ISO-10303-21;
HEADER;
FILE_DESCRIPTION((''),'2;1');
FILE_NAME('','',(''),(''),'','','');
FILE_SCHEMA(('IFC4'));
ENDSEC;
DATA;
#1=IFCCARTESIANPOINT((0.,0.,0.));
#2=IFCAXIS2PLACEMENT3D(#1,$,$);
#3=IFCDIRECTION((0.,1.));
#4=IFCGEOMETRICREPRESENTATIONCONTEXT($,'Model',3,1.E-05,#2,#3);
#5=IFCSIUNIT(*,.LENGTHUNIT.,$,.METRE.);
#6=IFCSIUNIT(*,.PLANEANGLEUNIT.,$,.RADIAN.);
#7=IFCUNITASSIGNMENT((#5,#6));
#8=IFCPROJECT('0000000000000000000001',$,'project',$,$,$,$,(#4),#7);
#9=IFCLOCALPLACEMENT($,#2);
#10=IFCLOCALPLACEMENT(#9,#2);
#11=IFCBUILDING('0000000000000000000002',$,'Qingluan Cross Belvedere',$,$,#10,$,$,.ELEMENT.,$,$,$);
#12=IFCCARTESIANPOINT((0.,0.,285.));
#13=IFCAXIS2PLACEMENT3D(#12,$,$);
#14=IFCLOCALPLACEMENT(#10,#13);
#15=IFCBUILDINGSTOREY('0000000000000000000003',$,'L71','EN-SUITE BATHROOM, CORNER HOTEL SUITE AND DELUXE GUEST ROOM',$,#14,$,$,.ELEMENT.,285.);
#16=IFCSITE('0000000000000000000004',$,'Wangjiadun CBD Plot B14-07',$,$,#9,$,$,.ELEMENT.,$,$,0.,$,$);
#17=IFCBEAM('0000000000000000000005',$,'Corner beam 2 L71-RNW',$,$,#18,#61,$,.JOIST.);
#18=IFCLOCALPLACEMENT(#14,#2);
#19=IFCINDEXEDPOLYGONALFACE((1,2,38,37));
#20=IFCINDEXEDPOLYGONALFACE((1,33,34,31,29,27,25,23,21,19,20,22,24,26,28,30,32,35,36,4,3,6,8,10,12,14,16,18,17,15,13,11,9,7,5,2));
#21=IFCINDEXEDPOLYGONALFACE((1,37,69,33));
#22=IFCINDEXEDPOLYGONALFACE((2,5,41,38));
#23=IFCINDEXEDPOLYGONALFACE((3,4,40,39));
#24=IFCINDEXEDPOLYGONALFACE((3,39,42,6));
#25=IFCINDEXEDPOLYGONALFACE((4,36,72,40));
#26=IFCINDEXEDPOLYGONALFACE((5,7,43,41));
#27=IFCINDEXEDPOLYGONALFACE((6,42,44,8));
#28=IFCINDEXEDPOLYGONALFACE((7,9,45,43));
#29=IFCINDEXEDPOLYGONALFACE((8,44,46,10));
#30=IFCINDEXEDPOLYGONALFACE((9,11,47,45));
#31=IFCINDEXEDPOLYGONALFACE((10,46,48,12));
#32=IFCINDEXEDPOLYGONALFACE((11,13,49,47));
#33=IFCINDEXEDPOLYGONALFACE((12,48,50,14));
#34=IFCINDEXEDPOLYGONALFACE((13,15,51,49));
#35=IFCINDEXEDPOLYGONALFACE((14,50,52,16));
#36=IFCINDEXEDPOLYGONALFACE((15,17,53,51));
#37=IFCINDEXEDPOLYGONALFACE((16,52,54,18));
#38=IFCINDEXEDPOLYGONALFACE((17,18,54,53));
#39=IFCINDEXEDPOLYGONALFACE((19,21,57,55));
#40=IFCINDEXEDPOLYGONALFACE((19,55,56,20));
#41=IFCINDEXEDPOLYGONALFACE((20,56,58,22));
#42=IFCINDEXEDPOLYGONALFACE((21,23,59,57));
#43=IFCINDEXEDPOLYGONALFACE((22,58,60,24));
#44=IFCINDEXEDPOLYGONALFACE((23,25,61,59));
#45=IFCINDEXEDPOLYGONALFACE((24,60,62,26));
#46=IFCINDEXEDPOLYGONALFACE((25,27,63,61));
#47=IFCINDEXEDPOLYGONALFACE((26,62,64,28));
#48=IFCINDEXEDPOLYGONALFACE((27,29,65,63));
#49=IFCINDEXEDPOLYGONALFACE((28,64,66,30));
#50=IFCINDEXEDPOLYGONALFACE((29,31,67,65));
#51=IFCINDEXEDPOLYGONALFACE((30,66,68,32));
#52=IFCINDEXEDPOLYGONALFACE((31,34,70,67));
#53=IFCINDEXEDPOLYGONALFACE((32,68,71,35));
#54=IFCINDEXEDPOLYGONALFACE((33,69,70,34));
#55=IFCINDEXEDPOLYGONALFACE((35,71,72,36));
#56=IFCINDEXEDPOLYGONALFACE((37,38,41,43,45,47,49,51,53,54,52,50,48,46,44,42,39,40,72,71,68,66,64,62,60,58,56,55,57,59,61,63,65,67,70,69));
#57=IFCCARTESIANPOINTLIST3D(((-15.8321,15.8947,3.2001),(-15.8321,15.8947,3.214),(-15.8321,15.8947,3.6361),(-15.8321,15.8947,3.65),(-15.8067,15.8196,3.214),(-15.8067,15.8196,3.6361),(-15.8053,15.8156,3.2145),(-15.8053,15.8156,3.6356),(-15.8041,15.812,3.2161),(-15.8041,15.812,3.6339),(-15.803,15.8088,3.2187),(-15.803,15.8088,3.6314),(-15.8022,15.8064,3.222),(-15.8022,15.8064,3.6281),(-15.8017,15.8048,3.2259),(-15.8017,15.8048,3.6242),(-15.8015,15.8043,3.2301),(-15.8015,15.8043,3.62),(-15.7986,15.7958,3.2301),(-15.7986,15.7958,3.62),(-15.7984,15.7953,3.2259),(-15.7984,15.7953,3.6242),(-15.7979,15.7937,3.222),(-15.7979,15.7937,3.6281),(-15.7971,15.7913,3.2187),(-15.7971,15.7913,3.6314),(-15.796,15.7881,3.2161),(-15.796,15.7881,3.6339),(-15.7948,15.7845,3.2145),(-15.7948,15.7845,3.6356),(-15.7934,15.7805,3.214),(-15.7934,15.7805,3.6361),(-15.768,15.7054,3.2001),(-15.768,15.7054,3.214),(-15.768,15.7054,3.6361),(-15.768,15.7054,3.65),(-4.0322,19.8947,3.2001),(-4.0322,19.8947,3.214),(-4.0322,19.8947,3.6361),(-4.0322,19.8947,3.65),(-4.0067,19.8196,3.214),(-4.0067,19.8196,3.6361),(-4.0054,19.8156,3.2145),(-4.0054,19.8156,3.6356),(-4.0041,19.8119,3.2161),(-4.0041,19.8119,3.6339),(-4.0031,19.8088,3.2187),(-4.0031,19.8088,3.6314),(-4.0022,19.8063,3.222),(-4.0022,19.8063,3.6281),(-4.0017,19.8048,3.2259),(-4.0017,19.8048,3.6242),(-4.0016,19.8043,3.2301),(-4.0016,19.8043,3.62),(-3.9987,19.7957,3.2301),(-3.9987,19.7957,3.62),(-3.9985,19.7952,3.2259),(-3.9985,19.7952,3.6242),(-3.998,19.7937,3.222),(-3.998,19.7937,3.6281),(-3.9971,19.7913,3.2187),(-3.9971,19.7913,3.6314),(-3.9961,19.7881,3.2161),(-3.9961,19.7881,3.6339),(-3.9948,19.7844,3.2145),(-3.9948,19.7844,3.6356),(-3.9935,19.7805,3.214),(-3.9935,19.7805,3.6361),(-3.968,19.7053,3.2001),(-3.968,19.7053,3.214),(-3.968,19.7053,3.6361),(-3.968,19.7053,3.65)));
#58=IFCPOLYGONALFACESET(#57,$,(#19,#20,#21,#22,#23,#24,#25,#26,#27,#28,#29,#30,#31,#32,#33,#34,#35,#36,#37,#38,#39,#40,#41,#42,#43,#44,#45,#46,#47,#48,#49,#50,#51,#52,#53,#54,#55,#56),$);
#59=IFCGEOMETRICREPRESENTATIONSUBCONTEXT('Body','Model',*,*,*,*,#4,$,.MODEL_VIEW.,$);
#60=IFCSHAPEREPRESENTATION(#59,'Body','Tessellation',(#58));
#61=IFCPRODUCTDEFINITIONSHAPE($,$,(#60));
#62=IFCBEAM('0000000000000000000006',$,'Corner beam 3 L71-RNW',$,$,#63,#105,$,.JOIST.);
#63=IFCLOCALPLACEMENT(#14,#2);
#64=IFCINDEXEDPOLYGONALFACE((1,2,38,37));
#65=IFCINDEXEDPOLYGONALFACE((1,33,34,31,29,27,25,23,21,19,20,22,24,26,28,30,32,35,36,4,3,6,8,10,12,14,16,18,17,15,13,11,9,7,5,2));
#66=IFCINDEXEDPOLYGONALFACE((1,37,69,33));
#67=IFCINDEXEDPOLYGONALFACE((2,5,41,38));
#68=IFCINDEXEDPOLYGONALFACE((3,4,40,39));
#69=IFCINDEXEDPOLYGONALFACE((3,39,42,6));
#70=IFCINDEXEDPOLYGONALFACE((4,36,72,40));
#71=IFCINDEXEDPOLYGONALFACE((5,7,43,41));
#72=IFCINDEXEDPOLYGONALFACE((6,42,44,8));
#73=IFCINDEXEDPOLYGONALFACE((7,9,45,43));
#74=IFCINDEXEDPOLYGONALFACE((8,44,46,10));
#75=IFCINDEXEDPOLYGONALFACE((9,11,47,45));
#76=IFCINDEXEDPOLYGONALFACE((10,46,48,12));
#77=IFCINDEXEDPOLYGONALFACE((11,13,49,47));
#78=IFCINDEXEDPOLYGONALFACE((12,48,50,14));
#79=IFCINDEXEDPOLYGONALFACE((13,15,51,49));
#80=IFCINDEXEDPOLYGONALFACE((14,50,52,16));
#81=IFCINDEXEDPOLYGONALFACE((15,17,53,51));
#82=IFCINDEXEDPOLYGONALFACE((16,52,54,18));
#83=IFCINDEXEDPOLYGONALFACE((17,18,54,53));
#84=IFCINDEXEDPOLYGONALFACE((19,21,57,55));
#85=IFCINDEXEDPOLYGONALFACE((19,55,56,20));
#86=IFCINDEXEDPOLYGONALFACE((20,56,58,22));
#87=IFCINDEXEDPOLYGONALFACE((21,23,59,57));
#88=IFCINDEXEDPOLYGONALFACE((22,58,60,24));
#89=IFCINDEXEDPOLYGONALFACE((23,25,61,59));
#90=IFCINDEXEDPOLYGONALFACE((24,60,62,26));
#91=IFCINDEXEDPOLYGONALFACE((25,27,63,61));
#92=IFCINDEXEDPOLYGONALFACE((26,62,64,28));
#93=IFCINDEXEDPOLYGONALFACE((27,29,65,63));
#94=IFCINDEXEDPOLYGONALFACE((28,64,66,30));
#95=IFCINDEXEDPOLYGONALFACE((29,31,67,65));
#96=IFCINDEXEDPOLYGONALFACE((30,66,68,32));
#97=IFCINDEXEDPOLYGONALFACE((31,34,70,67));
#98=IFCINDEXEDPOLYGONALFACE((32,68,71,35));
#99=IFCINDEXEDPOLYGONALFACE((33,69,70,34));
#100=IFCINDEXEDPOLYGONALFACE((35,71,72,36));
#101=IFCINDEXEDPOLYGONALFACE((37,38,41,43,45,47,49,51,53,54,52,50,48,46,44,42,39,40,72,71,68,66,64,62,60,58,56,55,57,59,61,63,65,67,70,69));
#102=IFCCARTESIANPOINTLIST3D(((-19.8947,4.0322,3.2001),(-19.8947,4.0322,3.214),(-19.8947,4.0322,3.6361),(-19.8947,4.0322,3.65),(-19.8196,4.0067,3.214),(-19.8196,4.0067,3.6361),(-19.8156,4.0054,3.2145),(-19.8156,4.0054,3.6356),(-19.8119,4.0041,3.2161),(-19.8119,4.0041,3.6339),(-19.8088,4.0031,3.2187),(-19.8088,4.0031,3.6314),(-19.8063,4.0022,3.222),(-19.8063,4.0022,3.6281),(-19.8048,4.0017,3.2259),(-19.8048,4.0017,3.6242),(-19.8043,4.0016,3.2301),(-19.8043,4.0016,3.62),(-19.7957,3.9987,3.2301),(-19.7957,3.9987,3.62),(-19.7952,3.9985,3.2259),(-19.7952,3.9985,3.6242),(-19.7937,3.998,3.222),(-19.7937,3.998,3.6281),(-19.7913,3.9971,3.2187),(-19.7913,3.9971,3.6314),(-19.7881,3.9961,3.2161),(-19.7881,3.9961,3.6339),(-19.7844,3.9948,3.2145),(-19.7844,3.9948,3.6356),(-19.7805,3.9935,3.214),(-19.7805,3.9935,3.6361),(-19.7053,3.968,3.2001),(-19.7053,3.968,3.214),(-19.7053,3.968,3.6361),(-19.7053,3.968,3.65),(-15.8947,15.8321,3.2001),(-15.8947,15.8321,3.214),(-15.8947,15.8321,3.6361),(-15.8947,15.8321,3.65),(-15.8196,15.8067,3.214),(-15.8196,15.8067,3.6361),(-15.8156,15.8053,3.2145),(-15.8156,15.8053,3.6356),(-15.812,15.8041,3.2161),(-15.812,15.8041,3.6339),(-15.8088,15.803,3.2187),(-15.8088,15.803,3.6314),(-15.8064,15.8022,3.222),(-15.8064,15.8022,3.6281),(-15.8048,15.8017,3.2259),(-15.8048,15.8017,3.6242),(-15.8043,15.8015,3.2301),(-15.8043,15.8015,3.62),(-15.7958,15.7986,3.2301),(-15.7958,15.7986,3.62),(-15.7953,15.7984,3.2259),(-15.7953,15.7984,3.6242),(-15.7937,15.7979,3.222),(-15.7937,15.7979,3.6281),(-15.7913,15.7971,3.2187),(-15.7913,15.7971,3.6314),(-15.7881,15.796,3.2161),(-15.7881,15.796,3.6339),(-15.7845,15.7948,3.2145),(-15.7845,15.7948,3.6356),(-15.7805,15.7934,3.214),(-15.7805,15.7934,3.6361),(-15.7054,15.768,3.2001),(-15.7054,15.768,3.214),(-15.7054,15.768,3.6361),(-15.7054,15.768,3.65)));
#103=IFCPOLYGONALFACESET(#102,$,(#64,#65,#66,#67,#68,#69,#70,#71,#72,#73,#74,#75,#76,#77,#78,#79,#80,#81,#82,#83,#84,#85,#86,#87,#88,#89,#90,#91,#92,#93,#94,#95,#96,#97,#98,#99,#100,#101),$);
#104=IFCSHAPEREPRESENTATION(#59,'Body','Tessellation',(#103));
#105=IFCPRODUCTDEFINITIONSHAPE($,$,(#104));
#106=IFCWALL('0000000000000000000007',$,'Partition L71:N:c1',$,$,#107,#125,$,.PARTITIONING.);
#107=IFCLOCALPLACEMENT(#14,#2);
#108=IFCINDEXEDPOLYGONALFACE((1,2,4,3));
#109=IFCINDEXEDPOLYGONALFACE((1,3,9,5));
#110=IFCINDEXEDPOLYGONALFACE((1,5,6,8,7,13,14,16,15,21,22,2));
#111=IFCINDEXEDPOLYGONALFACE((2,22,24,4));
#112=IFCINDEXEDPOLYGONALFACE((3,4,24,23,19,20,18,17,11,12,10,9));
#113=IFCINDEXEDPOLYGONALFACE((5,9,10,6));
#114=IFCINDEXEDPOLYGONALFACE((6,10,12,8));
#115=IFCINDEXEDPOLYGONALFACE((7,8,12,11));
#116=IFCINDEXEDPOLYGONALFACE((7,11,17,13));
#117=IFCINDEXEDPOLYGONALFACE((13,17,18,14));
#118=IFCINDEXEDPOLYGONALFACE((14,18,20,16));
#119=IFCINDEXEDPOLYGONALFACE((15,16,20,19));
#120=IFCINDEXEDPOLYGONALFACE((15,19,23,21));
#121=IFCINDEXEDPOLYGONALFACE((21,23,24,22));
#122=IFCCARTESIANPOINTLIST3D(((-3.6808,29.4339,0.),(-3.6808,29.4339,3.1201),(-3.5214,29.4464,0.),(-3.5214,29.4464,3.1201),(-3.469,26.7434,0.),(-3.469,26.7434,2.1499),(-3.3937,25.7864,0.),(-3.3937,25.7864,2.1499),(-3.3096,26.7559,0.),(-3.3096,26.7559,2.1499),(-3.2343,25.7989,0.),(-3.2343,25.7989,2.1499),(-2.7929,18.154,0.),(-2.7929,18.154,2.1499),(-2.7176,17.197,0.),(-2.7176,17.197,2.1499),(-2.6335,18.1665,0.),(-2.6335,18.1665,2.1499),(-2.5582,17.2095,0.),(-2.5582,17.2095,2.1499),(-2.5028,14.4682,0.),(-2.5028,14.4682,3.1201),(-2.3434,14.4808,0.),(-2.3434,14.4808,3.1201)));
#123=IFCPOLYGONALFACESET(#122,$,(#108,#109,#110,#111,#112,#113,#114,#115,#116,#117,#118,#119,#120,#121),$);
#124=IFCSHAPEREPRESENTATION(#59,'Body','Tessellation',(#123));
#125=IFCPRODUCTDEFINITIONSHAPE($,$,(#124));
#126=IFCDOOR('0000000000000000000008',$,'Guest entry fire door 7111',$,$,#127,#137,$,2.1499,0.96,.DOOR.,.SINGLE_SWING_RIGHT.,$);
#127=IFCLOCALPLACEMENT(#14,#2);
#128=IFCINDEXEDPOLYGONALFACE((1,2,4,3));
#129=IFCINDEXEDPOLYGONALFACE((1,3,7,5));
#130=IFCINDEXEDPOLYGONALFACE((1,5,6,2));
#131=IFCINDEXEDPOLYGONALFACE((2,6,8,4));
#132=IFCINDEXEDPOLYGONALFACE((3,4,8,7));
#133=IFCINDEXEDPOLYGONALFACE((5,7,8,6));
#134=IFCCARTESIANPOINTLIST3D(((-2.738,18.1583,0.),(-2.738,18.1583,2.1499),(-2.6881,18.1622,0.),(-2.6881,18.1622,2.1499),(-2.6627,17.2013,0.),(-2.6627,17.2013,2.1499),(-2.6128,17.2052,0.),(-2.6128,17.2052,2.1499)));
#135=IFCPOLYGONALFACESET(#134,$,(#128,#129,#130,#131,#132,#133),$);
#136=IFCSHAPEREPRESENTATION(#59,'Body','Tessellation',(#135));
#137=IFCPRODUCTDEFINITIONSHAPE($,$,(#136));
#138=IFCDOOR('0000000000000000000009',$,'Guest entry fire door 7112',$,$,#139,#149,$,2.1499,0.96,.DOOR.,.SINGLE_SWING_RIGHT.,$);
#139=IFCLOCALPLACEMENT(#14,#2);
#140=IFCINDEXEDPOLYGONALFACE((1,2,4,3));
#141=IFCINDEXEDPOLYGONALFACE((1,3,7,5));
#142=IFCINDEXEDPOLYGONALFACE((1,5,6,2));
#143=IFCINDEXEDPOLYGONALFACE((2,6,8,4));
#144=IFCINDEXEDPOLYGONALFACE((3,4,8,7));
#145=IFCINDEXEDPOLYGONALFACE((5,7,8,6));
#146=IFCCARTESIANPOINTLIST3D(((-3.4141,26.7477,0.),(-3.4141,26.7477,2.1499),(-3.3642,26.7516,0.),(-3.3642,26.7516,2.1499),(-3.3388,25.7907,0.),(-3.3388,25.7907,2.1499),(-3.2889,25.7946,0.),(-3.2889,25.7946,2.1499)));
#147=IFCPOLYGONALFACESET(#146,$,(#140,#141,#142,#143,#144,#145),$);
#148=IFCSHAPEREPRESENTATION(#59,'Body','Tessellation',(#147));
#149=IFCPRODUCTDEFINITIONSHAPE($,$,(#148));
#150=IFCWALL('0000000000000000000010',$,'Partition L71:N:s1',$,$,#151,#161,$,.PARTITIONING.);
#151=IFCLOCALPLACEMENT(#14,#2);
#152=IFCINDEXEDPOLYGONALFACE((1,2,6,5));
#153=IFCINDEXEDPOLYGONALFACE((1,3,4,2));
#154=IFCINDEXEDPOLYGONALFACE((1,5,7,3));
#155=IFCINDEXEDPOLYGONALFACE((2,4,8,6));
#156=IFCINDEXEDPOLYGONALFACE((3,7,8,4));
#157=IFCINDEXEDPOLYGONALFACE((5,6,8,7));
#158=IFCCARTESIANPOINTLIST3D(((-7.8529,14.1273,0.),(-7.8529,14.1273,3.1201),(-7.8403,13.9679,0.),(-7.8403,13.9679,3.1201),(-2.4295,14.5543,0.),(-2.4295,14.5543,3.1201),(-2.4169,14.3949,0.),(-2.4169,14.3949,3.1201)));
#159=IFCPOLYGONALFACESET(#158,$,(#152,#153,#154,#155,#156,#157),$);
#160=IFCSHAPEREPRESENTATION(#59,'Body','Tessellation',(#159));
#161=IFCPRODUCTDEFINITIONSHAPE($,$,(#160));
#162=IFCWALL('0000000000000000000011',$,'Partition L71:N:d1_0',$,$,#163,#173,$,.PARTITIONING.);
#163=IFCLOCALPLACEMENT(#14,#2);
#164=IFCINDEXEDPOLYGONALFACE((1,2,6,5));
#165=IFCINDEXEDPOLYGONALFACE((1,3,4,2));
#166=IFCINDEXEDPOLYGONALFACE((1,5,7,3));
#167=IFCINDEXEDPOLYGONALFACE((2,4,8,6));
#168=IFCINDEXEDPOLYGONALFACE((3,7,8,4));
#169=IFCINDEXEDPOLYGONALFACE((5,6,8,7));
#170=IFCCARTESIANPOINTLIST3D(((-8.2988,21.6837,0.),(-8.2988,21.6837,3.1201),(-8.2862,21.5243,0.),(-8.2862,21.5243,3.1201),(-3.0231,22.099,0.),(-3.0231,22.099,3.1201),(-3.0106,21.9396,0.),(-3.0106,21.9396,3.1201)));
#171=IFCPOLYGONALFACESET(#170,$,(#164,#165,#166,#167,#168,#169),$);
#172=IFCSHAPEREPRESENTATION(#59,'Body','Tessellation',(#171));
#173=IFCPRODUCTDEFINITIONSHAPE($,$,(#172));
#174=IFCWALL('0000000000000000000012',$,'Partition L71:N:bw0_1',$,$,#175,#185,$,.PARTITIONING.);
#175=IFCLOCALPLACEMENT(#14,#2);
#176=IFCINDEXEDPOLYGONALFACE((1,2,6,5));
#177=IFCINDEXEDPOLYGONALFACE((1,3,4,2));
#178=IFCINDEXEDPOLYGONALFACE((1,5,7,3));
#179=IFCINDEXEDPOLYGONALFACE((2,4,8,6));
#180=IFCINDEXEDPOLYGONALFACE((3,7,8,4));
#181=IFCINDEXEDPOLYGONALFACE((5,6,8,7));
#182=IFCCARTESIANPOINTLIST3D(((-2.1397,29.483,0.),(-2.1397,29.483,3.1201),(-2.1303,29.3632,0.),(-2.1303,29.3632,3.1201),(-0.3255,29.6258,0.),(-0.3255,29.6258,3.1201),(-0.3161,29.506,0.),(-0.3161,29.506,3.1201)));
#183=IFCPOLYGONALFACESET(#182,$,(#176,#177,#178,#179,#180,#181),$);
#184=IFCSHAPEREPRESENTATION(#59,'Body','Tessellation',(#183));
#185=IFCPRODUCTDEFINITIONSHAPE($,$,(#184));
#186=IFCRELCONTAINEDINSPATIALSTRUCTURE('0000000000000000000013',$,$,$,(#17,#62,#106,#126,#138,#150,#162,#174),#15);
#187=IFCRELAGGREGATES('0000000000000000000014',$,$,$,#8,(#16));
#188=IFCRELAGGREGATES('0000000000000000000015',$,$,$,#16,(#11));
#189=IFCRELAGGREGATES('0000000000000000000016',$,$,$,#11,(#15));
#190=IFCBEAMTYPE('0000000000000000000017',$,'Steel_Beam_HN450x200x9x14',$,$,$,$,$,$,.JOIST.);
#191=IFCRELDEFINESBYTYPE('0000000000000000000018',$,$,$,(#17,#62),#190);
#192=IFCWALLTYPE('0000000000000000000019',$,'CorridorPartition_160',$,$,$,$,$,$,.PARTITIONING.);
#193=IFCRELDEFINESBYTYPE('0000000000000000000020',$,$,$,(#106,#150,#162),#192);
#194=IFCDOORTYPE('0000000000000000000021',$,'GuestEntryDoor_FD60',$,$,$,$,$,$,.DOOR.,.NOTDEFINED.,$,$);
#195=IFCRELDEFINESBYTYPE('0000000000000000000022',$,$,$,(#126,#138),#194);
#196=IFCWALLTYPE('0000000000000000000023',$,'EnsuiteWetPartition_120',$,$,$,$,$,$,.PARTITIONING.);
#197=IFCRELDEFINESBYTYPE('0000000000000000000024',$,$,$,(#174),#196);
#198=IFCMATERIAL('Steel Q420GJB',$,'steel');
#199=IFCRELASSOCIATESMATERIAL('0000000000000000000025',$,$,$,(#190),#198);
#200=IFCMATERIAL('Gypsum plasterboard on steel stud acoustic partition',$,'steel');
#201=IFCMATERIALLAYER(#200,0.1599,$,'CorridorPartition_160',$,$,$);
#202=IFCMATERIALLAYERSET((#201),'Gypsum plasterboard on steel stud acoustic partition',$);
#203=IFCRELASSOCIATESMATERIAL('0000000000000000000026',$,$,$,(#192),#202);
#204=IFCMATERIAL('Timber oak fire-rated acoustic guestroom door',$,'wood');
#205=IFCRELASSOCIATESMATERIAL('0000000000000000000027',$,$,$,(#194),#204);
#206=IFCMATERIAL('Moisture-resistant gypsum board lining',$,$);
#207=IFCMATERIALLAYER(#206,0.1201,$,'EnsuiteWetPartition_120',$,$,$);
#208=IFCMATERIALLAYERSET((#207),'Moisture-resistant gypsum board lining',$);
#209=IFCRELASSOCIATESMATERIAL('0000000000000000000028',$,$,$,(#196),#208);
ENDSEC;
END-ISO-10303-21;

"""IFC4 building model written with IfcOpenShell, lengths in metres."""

from ifc_helpers import new_model, si_unit, direction, frame, frame_2d, origin, origin_2d, place, context, subcontext, project, spatial, rectangle, i_section, extrude, material, layer, layer_set, material_profile, profile_set, type_object, element, fill, save


model = new_model("IFC4")

# Units and contexts
model_context = context("Model", 3, precision=1e-05, world=origin(), true_north=direction((0.0, 1.0)))
body_context = subcontext(model_context, "Body", "Model", "MODEL_VIEW")
ifc_project = project(units=[si_unit("LENGTHUNIT", "METRE"), si_unit("PLANEANGLEUNIT", "RADIAN")], contexts=[model_context])

# Site, building, storey
site_placement = place(None, origin())
site = spatial("IfcSite", under=ifc_project, at=site_placement, Name="Wangjiadun CBD Plot B14-07", CompositionType="ELEMENT", RefElevation=0.0)
building_placement = place(site_placement, origin())
building = spatial("IfcBuilding", under=site, at=building_placement, Name="Qingluan Cross Belvedere", CompositionType="ELEMENT")
storey_placement = place(building_placement, frame((0.0, 0.0, 285.0)))
storey = spatial("IfcBuildingStorey", under=building, at=storey_placement, Name="L71", Description="EN-SUITE BATHROOM, CORNER HOTEL SUITE AND DELUXE GUEST ROOM", CompositionType="ELEMENT", Elevation=285.0)

# Beams
ifc_material_1 = material(Name="Steel Q420GJB", Category="steel")
ifc_material_profile_1 = material_profile(ifc_material_1, i_section(OverallWidth=0.2, OverallDepth=0.45, WebThickness=0.009, FlangeThickness=0.0139, FilletRadius=0.0161, at=origin_2d()), Name="HN450x200x9x14")
ifc_profile_set_1 = profile_set([ifc_material_profile_1], Name="Steel Q420GJB")
beam_type_1 = type_object("IfcBeamType", Name="Steel_Beam_HN450x200x9x14", PredefinedType="JOIST", material=ifc_profile_set_1)
for number, where, z_axis, x_axis, name in (
    (1, (-15.8, 15.8, 3.425), (0.947066, 0.321038, 0.0), (-0.321038, 0.947066, 0.0), "Corner beam 2 L71-RNW"),
    (2, (-15.8, 15.8, 3.425), (-0.321038, -0.947066, 0.0), (0.947066, -0.321038, 0.0), "Corner beam 3 L71-RNW"),
):
    element("IfcBeam", number, at=place(storey_placement, frame(where, z_axis=z_axis, x_axis=x_axis)), inside=storey, type_object=beam_type_1, Name=name, PredefinedType="JOIST", context=body_context, shape_type="SweptSolid", body=[
        extrude(i_section(OverallWidth=0.2, OverallDepth=0.45, WebThickness=0.009, FlangeThickness=0.0139, FilletRadius=0.0161, at=origin_2d()), origin(), (0.0, 0.0, 1.0), 12.4595),
    ])

# Wall, openings, doors
ifc_material_2 = material(Name="Gypsum plasterboard on steel stud acoustic partition", Category="steel")
ifc_layer_1 = layer(ifc_material_2, 0.1599, Name="CorridorPartition_160")
ifc_layer_set_1 = layer_set([ifc_layer_1], Name="Gypsum plasterboard on steel stud acoustic partition")
wall_type_1 = type_object("IfcWallType", Name="CorridorPartition_160", PredefinedType="PARTITIONING", material=ifc_layer_set_1)
wall_1_placement = place(storey_placement, frame((-2.4231, 14.4746, 0.0), z_axis=(0.0, 0.0, 1.0), x_axis=(-0.07847, 0.996916, 0.0)))
wall_1 = element("IfcWall", 3, at=wall_1_placement, inside=storey, type_object=wall_type_1, Name="Partition L71:N:c1", PredefinedType="PARTITIONING", context=body_context, shape_type="SweptSolid", body=[
    extrude(rectangle(XDim=15.012, YDim=0.1599, at=frame_2d((7.5059, 0.0))), origin(), (0.0, 0.0, 1.0), 3.1201),
])
opening_1_placement = place(wall_1_placement, frame((2.7371, 0.0, 0.0)))
opening_1 = element("IfcOpeningElement", 4, at=opening_1_placement, cuts=wall_1, PredefinedType="OPENING", context=body_context, shape_type="SweptSolid", body=[
    extrude(rectangle(XDim=0.96, YDim=2.1499, at=frame_2d((0.48, 1.075))), frame((0.0, 0.0898, 0.0), z_axis=(0.0, -1.0, 0.0), x_axis=(1.0, 0.0, 0.0)), (0.0, 0.0, 1.0), 0.1799),
])
opening_2_placement = place(wall_1_placement, frame((11.353, 0.0, 0.0)))
opening_2 = element("IfcOpeningElement", 5, at=opening_2_placement, cuts=wall_1, PredefinedType="OPENING", context=body_context, shape_type="SweptSolid", body=[
    extrude(rectangle(XDim=0.96, YDim=2.1499, at=frame_2d((0.48, 1.075))), frame((0.0, 0.0898, 0.0), z_axis=(0.0, -1.0, 0.0), x_axis=(1.0, 0.0, 0.0)), (0.0, 0.0, 1.0), 0.1799),
])
ifc_material_3 = material(Name="Timber oak fire-rated acoustic guestroom door", Category="wood")
door_type_1 = type_object("IfcDoorType", Name="GuestEntryDoor_FD60", OperationType="NOTDEFINED", PredefinedType="DOOR", material=ifc_material_3)
door_1_placement = place(opening_1_placement, origin())
door_1 = element("IfcDoor", 6, at=door_1_placement, inside=storey, type_object=door_type_1, Name="Guest entry fire door 7111", OperationType="SINGLE_SWING_RIGHT", OverallHeight=2.1499, OverallWidth=0.96, PredefinedType="DOOR", context=body_context, shape_type="SweptSolid", body=[
    extrude(rectangle(XDim=0.96, YDim=2.1499, at=frame_2d((0.48, 1.075))), frame((0.0, 0.0249, 0.0), z_axis=(0.0, -1.0, 0.0), x_axis=(1.0, 0.0, 0.0)), (0.0, 0.0, 1.0), 0.05),
])
fill(opening_1, door_1)
door_2_placement = place(opening_2_placement, origin())
door_2 = element("IfcDoor", 7, at=door_2_placement, inside=storey, type_object=door_type_1, Name="Guest entry fire door 7112", OperationType="SINGLE_SWING_RIGHT", OverallHeight=2.1499, OverallWidth=0.96, PredefinedType="DOOR", context=body_context, shape_type="SweptSolid", body=[
    extrude(rectangle(XDim=0.96, YDim=2.1499, at=frame_2d((0.48, 1.075))), frame((0.0, 0.0249, 0.0), z_axis=(0.0, -1.0, 0.0), x_axis=(1.0, 0.0, 0.0)), (0.0, 0.0, 1.0), 0.05),
])
fill(opening_2, door_2)

# Walls
wall_2_placement = place(storey_placement, frame((-2.4231, 14.4746, 0.0), z_axis=(0.0, 0.0, 1.0), x_axis=(-0.996915, -0.078491, 0.0)))
element("IfcWall", 8, at=wall_2_placement, inside=storey, type_object=wall_type_1, Name="Partition L71:N:s1", PredefinedType="PARTITIONING", context=body_context, shape_type="SweptSolid", body=[
    extrude(rectangle(XDim=5.4402, YDim=0.1599, at=frame_2d((2.7202, 0.0))), origin(), (0.0, 0.0, 1.0), 3.1201),
])
wall_3_placement = place(storey_placement, frame((-3.0168, 22.0193, 0.0), z_axis=(0.0, 0.0, 1.0), x_axis=(-0.996916, -0.078474, 0.0)))
element("IfcWall", 9, at=wall_3_placement, inside=storey, type_object=wall_type_1, Name="Partition L71:N:d1_0", PredefinedType="PARTITIONING", context=body_context, shape_type="SweptSolid", body=[
    extrude(rectangle(XDim=5.292, YDim=0.1599, at=frame_2d((2.646, 0.0))), origin(), (0.0, 0.0, 1.0), 3.1201),
])
ifc_material_4 = material(Name="Moisture-resistant gypsum board lining")
ifc_layer_2 = layer(ifc_material_4, 0.1201, Name="EnsuiteWetPartition_120")
ifc_layer_set_2 = layer_set([ifc_layer_2], Name="Moisture-resistant gypsum board lining")
wall_type_2 = type_object("IfcWallType", Name="EnsuiteWetPartition_120", PredefinedType="PARTITIONING", material=ifc_layer_set_2)
wall_4_placement = place(storey_placement, frame((-2.135, 29.4231, 0.0), z_axis=(0.0, 0.0, 1.0), x_axis=(0.996916, 0.078481, 0.0)))
element("IfcWall", 10, at=wall_4_placement, inside=storey, type_object=wall_type_2, Name="Partition L71:N:bw0_1", PredefinedType="PARTITIONING", context=body_context, shape_type="SweptSolid", body=[
    extrude(rectangle(XDim=1.8198, YDim=0.1201, at=frame_2d((0.9099, 0.0))), origin(), (0.0, 0.0, 1.0), 3.1201),
])

save(model, "model.ifc")
